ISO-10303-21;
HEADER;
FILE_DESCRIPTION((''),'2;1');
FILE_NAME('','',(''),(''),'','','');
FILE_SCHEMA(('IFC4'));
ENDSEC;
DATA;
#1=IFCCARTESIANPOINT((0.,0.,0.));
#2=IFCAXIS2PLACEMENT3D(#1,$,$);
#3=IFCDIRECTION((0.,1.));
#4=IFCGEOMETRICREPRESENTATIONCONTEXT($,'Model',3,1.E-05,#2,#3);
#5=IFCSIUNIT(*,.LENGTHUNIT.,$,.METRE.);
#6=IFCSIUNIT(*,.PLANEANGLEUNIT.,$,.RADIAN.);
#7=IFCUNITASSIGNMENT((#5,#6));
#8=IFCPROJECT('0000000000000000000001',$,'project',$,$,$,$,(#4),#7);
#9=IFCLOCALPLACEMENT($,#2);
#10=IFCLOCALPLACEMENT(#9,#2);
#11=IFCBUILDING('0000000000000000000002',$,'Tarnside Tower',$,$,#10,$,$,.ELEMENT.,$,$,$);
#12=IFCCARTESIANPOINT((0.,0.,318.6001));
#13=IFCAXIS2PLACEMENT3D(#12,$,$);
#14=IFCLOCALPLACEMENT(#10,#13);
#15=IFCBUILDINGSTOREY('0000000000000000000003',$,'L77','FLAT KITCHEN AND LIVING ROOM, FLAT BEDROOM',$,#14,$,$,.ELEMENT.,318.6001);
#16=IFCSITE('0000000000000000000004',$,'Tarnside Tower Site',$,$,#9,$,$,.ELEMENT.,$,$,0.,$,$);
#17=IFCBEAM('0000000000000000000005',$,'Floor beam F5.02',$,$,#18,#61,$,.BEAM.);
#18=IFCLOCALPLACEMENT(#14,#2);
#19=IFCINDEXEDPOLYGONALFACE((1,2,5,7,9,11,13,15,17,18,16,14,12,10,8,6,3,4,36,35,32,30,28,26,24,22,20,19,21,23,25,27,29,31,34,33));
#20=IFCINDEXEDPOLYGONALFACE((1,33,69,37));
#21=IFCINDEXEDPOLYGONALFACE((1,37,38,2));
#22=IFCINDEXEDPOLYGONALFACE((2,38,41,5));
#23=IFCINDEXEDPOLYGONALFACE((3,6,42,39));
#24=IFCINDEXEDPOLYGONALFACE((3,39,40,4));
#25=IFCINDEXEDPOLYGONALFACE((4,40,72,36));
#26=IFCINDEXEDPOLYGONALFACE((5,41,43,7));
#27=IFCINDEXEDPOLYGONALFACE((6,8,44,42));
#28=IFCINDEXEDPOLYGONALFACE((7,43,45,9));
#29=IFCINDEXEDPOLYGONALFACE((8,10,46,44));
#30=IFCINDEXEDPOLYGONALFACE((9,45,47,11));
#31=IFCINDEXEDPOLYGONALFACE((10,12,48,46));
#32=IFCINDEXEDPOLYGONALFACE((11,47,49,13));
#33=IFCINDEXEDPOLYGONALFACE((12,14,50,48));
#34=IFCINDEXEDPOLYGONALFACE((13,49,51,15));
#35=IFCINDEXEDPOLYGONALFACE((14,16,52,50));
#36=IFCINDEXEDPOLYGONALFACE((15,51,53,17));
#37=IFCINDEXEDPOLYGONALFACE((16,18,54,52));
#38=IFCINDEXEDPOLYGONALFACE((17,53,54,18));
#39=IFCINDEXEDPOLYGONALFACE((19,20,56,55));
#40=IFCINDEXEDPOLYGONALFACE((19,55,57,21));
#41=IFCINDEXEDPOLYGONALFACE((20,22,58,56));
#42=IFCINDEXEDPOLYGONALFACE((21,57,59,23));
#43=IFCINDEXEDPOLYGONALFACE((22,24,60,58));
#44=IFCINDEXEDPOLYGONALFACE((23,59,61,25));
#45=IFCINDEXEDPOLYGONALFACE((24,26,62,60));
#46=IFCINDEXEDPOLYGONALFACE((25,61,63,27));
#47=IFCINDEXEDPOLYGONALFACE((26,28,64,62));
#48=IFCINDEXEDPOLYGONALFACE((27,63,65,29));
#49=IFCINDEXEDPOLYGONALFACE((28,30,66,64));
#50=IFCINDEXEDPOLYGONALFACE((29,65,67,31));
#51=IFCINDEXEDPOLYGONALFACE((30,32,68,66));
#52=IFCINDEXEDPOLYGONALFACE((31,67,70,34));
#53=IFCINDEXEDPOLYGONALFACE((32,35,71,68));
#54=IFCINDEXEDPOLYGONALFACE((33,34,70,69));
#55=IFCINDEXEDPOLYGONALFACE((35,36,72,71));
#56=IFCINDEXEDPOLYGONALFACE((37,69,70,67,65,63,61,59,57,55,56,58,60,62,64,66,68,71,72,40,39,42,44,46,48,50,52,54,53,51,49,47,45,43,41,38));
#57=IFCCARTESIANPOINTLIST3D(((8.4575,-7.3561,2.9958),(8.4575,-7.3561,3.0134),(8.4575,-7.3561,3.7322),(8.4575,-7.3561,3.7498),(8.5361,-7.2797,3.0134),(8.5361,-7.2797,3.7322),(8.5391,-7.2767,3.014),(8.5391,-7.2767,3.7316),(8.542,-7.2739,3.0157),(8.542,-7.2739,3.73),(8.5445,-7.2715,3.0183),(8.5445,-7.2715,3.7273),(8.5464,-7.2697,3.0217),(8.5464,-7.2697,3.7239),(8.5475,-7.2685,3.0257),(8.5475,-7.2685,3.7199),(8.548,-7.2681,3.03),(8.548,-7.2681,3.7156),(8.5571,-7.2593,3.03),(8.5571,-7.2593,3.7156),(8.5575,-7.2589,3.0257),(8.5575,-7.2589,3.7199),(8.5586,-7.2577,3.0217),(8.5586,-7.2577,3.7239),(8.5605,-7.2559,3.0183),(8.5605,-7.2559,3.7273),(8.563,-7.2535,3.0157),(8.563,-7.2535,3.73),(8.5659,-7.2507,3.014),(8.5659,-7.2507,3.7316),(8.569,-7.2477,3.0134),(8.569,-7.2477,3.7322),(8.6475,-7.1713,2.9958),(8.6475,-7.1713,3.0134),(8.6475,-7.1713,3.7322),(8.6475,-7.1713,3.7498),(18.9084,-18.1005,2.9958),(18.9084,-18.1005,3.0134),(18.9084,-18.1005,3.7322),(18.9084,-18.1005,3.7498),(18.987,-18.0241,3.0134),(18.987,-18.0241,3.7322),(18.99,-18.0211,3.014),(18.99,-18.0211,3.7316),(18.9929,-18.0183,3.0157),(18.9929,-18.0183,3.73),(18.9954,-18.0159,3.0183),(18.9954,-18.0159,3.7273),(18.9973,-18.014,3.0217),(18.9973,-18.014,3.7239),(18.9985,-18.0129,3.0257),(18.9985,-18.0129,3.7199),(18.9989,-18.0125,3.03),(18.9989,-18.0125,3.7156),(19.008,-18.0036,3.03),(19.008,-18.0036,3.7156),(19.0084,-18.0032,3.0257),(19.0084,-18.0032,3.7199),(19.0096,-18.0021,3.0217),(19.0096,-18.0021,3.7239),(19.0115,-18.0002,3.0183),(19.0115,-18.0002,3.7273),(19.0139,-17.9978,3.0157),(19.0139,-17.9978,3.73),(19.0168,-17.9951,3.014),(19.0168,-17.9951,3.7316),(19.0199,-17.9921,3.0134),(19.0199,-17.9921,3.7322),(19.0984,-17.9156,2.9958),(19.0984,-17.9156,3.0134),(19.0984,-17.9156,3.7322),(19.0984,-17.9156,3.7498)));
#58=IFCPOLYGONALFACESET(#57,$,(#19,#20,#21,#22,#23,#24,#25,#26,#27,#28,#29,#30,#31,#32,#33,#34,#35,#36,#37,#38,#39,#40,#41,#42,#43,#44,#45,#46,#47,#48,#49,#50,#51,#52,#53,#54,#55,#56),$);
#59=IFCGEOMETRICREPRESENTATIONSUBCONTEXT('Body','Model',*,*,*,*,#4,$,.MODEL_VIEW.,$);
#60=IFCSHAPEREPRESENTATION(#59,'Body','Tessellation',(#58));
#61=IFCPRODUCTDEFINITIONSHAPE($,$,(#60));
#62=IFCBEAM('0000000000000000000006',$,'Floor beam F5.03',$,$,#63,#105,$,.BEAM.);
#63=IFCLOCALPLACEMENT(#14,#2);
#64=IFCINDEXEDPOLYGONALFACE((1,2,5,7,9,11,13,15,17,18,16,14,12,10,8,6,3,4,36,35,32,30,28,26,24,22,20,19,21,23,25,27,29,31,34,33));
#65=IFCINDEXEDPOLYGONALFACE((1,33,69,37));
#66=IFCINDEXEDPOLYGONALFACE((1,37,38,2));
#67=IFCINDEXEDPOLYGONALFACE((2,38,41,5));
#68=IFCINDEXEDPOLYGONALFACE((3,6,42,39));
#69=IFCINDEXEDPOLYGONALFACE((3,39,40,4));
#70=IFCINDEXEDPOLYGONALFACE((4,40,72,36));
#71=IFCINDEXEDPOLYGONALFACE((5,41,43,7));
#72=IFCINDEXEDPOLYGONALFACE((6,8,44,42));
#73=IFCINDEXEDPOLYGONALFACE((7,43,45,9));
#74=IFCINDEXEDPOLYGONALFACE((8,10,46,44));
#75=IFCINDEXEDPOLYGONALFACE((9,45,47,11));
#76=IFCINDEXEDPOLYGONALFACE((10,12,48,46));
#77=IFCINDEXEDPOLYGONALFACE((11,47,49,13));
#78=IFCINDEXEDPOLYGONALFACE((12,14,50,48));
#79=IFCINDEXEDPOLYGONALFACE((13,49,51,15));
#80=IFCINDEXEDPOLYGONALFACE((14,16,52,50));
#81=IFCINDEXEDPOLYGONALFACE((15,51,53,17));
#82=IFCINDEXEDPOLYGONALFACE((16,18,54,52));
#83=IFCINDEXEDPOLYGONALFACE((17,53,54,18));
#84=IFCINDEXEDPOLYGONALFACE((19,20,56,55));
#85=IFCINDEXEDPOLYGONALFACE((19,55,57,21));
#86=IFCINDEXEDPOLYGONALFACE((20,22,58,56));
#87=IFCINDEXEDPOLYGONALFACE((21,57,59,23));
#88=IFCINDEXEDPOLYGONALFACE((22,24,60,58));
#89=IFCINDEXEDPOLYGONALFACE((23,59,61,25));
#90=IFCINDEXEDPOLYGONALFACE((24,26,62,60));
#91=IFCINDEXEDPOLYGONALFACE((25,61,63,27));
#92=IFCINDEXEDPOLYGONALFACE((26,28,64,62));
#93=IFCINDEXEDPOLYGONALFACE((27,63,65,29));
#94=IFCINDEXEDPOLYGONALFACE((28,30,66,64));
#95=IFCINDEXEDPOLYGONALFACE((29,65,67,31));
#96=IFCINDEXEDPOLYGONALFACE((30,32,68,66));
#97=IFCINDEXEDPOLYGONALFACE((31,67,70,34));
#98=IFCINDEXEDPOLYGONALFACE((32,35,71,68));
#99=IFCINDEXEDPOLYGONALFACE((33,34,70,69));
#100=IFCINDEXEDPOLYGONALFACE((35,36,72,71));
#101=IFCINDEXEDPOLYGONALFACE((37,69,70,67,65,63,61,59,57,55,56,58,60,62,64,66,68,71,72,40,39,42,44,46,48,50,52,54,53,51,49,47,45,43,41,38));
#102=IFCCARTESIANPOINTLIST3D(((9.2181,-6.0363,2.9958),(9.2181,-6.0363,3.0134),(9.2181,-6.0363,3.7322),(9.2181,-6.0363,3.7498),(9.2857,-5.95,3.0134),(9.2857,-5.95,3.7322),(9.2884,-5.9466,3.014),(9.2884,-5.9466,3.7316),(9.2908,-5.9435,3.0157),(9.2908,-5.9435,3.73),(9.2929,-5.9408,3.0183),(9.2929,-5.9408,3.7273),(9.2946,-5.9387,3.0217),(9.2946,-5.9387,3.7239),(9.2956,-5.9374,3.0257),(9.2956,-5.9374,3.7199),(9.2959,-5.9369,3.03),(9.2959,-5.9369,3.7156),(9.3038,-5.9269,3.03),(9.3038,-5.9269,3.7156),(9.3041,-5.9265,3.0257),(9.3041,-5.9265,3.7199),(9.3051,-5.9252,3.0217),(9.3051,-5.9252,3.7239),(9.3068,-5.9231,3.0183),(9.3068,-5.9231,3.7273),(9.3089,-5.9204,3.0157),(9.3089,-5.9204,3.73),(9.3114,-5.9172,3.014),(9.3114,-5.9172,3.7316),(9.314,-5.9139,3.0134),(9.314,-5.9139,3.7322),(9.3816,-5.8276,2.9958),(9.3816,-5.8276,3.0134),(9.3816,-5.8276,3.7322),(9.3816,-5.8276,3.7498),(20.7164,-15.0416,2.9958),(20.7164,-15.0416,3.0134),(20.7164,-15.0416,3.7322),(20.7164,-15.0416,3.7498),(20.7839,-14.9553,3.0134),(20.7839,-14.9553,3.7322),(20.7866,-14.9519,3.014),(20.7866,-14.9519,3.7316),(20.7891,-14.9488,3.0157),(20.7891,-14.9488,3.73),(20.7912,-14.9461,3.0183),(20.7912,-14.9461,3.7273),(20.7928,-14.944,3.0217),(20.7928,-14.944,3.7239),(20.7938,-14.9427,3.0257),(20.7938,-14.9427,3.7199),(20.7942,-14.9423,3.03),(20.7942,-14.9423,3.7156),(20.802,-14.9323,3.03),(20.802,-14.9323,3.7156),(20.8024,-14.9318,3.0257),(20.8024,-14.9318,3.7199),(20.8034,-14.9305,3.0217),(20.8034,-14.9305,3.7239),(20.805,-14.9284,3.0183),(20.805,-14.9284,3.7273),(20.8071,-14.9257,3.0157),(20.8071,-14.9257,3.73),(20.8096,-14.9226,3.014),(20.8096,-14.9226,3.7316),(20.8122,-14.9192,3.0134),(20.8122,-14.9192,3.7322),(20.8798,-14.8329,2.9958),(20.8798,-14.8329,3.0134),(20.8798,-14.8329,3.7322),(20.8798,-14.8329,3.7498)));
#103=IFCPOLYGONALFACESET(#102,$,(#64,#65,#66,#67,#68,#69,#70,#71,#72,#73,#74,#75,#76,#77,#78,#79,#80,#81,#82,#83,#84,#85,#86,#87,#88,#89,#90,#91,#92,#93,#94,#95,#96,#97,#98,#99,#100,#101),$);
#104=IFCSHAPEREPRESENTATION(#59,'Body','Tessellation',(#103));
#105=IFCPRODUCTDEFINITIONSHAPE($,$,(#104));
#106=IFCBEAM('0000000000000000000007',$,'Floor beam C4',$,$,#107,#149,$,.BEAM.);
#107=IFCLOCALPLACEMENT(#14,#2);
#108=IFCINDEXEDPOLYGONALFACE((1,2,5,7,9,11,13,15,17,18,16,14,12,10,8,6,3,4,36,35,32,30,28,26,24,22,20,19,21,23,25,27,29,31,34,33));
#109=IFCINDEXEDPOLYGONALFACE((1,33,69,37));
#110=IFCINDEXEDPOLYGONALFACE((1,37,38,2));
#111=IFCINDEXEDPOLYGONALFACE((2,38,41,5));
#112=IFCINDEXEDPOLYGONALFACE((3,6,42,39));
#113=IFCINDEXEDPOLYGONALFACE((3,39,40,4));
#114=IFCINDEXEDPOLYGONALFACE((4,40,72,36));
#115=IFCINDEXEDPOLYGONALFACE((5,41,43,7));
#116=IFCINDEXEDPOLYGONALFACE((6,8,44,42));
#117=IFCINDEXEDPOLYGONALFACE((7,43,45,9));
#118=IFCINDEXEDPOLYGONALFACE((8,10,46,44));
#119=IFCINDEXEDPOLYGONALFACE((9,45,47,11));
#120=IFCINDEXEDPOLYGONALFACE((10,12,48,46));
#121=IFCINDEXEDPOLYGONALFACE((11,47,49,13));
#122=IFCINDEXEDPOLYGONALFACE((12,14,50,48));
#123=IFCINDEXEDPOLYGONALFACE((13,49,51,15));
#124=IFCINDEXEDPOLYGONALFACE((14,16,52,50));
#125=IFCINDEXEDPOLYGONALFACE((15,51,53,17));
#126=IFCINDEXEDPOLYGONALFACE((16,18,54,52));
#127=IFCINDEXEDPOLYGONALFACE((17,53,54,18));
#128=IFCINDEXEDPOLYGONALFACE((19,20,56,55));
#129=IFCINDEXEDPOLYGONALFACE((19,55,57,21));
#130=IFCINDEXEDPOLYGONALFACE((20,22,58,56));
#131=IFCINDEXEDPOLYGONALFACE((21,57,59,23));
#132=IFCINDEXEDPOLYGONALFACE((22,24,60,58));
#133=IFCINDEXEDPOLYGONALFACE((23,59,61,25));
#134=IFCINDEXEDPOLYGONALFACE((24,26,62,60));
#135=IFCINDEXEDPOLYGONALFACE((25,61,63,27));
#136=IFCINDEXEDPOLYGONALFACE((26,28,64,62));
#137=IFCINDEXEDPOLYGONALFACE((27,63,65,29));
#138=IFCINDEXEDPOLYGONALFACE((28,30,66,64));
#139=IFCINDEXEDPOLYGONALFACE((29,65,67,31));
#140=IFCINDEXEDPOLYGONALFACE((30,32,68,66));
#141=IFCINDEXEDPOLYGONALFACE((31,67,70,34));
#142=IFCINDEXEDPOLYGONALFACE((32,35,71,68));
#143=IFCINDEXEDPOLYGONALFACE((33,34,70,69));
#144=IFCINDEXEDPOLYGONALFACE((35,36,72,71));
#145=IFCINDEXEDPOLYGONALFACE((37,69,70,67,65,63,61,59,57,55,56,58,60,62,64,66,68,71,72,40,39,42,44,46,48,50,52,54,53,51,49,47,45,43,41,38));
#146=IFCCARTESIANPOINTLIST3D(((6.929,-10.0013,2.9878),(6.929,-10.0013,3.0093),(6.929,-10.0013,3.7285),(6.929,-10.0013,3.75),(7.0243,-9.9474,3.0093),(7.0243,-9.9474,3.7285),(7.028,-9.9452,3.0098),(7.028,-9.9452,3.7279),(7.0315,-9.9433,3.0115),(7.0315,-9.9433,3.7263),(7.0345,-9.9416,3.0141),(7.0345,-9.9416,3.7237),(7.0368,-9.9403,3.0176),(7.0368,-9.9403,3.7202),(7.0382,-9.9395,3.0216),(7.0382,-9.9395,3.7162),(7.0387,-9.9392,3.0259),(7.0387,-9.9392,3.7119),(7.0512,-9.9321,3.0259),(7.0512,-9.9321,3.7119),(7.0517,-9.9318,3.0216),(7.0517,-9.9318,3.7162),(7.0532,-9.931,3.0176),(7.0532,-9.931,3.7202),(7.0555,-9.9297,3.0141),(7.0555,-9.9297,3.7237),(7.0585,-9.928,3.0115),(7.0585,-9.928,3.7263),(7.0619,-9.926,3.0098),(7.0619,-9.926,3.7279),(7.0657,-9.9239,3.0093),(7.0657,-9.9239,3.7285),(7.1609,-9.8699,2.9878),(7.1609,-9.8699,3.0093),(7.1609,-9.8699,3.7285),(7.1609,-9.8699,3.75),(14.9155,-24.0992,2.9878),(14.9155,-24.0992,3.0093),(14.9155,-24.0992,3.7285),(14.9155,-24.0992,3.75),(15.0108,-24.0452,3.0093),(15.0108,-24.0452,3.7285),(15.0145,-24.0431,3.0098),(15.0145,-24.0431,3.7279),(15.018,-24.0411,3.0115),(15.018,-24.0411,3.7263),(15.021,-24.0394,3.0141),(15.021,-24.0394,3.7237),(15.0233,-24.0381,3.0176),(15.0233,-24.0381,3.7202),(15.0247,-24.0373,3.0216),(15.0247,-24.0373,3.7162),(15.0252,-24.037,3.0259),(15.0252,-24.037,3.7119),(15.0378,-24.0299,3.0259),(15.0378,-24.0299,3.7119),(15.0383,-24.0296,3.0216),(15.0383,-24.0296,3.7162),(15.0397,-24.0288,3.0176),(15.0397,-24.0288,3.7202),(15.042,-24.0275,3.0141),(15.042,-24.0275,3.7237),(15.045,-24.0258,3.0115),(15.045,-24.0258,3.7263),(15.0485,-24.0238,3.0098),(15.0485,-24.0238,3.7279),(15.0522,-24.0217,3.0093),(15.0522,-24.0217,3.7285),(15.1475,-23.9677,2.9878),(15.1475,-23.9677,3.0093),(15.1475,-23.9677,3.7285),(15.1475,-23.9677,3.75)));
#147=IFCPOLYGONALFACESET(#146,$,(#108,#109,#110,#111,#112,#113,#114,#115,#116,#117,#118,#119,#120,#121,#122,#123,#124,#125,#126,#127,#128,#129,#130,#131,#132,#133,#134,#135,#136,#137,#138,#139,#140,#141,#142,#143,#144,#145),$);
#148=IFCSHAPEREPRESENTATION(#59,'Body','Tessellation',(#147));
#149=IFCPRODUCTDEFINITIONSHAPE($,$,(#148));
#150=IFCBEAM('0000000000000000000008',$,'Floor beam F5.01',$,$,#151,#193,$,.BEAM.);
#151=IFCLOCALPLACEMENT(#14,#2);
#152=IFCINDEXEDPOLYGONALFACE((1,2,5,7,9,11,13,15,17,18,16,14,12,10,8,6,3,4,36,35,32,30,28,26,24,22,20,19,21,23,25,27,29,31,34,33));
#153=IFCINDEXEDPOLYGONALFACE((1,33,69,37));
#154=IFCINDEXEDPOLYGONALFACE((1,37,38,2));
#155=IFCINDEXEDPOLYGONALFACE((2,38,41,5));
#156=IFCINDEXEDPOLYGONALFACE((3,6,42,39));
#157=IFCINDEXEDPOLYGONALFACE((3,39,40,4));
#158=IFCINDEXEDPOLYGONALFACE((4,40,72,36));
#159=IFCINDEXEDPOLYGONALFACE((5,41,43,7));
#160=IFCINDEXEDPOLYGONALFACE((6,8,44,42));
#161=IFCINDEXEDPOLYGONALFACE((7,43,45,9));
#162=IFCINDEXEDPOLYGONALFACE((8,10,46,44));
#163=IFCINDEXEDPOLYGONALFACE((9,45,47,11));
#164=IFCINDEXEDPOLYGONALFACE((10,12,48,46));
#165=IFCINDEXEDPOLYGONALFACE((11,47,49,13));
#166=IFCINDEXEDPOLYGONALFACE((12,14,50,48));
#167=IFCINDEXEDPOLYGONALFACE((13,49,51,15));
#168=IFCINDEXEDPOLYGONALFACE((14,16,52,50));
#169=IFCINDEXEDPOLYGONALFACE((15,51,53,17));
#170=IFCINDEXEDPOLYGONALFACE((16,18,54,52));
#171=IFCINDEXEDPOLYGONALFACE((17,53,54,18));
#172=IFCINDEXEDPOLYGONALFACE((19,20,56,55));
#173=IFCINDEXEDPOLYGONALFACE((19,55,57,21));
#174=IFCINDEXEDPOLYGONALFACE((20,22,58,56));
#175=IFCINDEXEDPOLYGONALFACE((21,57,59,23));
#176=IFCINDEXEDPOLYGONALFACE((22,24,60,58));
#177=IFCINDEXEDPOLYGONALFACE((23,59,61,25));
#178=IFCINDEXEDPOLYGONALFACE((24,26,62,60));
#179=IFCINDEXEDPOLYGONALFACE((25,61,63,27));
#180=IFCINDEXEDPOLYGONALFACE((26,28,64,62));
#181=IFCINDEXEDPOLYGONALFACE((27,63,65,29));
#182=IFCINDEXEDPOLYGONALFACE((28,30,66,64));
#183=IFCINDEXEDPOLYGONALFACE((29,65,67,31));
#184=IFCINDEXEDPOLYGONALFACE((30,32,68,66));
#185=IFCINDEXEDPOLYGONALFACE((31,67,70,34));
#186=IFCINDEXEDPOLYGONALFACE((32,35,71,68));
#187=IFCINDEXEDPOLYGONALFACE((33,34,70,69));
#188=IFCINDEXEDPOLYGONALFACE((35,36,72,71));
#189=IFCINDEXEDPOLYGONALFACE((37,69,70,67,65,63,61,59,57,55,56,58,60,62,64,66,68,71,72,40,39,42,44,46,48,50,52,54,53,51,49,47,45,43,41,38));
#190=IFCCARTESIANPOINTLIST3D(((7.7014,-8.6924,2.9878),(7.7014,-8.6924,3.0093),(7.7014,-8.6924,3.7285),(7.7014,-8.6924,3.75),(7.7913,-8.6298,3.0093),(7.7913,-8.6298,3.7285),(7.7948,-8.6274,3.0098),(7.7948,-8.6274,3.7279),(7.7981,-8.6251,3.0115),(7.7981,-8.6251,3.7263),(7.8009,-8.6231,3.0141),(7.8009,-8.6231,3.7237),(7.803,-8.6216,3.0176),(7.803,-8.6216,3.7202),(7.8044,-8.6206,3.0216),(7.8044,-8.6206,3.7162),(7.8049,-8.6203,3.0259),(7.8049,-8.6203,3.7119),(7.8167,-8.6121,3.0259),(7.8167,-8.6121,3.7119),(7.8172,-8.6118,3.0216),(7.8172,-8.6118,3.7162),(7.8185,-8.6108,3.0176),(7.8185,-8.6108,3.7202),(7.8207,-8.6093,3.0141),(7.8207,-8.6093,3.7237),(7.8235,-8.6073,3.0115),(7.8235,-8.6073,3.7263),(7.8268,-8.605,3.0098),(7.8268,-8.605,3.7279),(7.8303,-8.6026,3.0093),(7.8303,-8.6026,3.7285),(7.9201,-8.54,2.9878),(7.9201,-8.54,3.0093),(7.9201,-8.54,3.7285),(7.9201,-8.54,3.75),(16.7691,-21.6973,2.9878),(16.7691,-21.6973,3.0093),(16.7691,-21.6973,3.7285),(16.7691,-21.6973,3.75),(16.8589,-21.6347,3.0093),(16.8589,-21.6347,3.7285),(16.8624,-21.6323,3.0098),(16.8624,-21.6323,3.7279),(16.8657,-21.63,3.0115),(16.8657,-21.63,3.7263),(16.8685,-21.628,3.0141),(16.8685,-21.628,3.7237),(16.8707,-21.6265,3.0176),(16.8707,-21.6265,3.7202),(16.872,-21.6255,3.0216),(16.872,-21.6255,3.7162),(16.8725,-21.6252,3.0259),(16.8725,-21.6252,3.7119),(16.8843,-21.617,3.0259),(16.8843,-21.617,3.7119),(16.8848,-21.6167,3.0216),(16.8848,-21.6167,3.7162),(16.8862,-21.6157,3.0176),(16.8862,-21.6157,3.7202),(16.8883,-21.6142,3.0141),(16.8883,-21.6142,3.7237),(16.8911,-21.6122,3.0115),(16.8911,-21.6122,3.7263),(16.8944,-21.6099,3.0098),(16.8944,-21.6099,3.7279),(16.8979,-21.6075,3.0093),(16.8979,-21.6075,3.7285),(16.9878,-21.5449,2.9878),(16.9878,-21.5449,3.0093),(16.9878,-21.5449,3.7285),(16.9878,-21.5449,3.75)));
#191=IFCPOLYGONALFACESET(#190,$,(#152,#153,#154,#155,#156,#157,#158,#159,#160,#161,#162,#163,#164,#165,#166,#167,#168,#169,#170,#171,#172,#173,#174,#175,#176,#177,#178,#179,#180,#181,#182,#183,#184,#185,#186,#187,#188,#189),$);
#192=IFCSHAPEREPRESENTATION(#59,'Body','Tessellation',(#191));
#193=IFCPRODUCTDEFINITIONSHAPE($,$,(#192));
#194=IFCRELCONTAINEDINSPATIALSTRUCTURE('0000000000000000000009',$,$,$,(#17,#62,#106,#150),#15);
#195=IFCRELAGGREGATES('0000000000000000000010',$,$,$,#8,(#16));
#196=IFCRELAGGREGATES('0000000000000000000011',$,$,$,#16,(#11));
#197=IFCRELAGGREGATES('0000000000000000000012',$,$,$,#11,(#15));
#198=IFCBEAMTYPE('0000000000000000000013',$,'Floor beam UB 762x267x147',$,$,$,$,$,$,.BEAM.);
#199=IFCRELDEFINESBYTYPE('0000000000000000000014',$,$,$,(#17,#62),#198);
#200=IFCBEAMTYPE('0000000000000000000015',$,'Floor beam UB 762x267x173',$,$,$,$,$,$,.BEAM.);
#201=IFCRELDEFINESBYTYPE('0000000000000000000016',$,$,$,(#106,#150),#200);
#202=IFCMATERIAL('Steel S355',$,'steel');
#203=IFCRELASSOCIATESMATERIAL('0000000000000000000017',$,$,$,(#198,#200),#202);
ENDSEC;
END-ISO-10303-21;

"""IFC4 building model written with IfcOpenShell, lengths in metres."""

from ifc_helpers import new_model, si_unit, direction, frame, origin, origin_2d, place, context, subcontext, project, spatial, i_section, extrude, material, material_profile, profile_set, type_object, element, save


model = new_model("IFC4")

# Units and contexts
model_context = context("Model", 3, precision=1e-05, world=origin(), true_north=direction((0.0, 1.0)))
body_context = subcontext(model_context, "Body", "Model", "MODEL_VIEW")
ifc_project = project(units=[si_unit("LENGTHUNIT", "METRE"), si_unit("PLANEANGLEUNIT", "RADIAN")], contexts=[model_context])

# Site, building, storey
site_placement = place(None, origin())
site = spatial("IfcSite", under=ifc_project, at=site_placement, Name="Tarnside Tower Site", CompositionType="ELEMENT", RefElevation=0.0)
building_placement = place(site_placement, origin())
building = spatial("IfcBuilding", under=site, at=building_placement, Name="Tarnside Tower", CompositionType="ELEMENT")
storey_placement = place(building_placement, frame((0.0, 0.0, 318.6001)))
storey = spatial("IfcBuildingStorey", under=building, at=storey_placement, Name="L77", Description="FLAT KITCHEN AND LIVING ROOM, FLAT BEDROOM", CompositionType="ELEMENT", Elevation=318.6001)

# Beams
ifc_material_1 = material(Name="Steel S355", Category="steel")
ifc_material_profile_1 = material_profile(ifc_material_1, i_section(OverallWidth=0.2651, OverallDepth=0.7539, WebThickness=0.0127, FlangeThickness=0.0176, FilletRadius=0.0166, at=origin_2d()), Name="UB 762x267x147")
ifc_profile_set_1 = profile_set([ifc_material_profile_1], Name="Steel S355")
beam_type_1 = type_object("IfcBeamType", Name="Floor beam UB 762x267x147", PredefinedType="BEAM", material=ifc_profile_set_1)
beam_1_placement = place(storey_placement, frame((19.0034, -18.0081, 3.3728), z_axis=(-0.69725, 0.716828, 0.0), x_axis=(-0.716828, -0.69725, 0.0)))
element("IfcBeam", 1, at=beam_1_placement, inside=storey, type_object=beam_type_1, Name="Floor beam F5.02", PredefinedType="BEAM", context=body_context, shape_type="SweptSolid", body=[
    extrude(i_section(OverallWidth=0.2651, OverallDepth=0.7539, WebThickness=0.0127, FlangeThickness=0.0176, FilletRadius=0.0166, at=origin_2d()), origin(), (0.0, 0.0, 1.0), 14.9888),
])
beam_2_placement = place(storey_placement, frame((20.7981, -14.9373, 3.3728), z_axis=(-0.787282, 0.616593, 0.0), x_axis=(-0.616593, -0.787282, 0.0)))
element("IfcBeam", 2, at=beam_2_placement, inside=storey, type_object=beam_type_1, Name="Floor beam F5.03", PredefinedType="BEAM", context=body_context, shape_type="SweptSolid", body=[
    extrude(i_section(OverallWidth=0.2651, OverallDepth=0.7539, WebThickness=0.0127, FlangeThickness=0.0176, FilletRadius=0.0166, at=origin_2d()), origin(), (0.0, 0.0, 1.0), 14.605),
])
ifc_material_profile_2 = material_profile(ifc_material_1, i_section(OverallWidth=0.2666, OverallDepth=0.7622, WebThickness=0.0144, FlangeThickness=0.0215, FilletRadius=0.0166, at=origin_2d()), Name="UB 762x267x173")
ifc_profile_set_2 = profile_set([ifc_material_profile_2], Name="Steel S355")
beam_type_2 = type_object("IfcBeamType", Name="Floor beam UB 762x267x173", PredefinedType="BEAM", material=ifc_profile_set_2)
beam_3_placement = place(storey_placement, frame((15.0315, -24.0334, 3.3689), z_axis=(-0.492908, 0.870081, 0.0), x_axis=(-0.870081, -0.492908, 0.0)))
element("IfcBeam", 3, at=beam_3_placement, inside=storey, type_object=beam_type_2, Name="Floor beam C4", PredefinedType="BEAM", context=body_context, shape_type="SweptSolid", body=[
    extrude(i_section(OverallWidth=0.2666, OverallDepth=0.7622, WebThickness=0.0144, FlangeThickness=0.0215, FilletRadius=0.0166, at=origin_2d()), origin(), (0.0, 0.0, 1.0), 16.2029),
])
beam_4_placement = place(storey_placement, frame((16.8784, -21.6211, 3.3689), z_axis=(-0.571946, 0.820291, 0.0), x_axis=(-0.820291, -0.571946, 0.0)))
element("IfcBeam", 4, at=beam_4_placement, inside=storey, type_object=beam_type_2, Name="Floor beam F5.01", PredefinedType="BEAM", context=body_context, shape_type="SweptSolid", body=[
    extrude(i_section(OverallWidth=0.2666, OverallDepth=0.7622, WebThickness=0.0144, FlangeThickness=0.0215, FilletRadius=0.0166, at=origin_2d()), origin(), (0.0, 0.0, 1.0), 15.854),
])

save(model, "model.ifc")
